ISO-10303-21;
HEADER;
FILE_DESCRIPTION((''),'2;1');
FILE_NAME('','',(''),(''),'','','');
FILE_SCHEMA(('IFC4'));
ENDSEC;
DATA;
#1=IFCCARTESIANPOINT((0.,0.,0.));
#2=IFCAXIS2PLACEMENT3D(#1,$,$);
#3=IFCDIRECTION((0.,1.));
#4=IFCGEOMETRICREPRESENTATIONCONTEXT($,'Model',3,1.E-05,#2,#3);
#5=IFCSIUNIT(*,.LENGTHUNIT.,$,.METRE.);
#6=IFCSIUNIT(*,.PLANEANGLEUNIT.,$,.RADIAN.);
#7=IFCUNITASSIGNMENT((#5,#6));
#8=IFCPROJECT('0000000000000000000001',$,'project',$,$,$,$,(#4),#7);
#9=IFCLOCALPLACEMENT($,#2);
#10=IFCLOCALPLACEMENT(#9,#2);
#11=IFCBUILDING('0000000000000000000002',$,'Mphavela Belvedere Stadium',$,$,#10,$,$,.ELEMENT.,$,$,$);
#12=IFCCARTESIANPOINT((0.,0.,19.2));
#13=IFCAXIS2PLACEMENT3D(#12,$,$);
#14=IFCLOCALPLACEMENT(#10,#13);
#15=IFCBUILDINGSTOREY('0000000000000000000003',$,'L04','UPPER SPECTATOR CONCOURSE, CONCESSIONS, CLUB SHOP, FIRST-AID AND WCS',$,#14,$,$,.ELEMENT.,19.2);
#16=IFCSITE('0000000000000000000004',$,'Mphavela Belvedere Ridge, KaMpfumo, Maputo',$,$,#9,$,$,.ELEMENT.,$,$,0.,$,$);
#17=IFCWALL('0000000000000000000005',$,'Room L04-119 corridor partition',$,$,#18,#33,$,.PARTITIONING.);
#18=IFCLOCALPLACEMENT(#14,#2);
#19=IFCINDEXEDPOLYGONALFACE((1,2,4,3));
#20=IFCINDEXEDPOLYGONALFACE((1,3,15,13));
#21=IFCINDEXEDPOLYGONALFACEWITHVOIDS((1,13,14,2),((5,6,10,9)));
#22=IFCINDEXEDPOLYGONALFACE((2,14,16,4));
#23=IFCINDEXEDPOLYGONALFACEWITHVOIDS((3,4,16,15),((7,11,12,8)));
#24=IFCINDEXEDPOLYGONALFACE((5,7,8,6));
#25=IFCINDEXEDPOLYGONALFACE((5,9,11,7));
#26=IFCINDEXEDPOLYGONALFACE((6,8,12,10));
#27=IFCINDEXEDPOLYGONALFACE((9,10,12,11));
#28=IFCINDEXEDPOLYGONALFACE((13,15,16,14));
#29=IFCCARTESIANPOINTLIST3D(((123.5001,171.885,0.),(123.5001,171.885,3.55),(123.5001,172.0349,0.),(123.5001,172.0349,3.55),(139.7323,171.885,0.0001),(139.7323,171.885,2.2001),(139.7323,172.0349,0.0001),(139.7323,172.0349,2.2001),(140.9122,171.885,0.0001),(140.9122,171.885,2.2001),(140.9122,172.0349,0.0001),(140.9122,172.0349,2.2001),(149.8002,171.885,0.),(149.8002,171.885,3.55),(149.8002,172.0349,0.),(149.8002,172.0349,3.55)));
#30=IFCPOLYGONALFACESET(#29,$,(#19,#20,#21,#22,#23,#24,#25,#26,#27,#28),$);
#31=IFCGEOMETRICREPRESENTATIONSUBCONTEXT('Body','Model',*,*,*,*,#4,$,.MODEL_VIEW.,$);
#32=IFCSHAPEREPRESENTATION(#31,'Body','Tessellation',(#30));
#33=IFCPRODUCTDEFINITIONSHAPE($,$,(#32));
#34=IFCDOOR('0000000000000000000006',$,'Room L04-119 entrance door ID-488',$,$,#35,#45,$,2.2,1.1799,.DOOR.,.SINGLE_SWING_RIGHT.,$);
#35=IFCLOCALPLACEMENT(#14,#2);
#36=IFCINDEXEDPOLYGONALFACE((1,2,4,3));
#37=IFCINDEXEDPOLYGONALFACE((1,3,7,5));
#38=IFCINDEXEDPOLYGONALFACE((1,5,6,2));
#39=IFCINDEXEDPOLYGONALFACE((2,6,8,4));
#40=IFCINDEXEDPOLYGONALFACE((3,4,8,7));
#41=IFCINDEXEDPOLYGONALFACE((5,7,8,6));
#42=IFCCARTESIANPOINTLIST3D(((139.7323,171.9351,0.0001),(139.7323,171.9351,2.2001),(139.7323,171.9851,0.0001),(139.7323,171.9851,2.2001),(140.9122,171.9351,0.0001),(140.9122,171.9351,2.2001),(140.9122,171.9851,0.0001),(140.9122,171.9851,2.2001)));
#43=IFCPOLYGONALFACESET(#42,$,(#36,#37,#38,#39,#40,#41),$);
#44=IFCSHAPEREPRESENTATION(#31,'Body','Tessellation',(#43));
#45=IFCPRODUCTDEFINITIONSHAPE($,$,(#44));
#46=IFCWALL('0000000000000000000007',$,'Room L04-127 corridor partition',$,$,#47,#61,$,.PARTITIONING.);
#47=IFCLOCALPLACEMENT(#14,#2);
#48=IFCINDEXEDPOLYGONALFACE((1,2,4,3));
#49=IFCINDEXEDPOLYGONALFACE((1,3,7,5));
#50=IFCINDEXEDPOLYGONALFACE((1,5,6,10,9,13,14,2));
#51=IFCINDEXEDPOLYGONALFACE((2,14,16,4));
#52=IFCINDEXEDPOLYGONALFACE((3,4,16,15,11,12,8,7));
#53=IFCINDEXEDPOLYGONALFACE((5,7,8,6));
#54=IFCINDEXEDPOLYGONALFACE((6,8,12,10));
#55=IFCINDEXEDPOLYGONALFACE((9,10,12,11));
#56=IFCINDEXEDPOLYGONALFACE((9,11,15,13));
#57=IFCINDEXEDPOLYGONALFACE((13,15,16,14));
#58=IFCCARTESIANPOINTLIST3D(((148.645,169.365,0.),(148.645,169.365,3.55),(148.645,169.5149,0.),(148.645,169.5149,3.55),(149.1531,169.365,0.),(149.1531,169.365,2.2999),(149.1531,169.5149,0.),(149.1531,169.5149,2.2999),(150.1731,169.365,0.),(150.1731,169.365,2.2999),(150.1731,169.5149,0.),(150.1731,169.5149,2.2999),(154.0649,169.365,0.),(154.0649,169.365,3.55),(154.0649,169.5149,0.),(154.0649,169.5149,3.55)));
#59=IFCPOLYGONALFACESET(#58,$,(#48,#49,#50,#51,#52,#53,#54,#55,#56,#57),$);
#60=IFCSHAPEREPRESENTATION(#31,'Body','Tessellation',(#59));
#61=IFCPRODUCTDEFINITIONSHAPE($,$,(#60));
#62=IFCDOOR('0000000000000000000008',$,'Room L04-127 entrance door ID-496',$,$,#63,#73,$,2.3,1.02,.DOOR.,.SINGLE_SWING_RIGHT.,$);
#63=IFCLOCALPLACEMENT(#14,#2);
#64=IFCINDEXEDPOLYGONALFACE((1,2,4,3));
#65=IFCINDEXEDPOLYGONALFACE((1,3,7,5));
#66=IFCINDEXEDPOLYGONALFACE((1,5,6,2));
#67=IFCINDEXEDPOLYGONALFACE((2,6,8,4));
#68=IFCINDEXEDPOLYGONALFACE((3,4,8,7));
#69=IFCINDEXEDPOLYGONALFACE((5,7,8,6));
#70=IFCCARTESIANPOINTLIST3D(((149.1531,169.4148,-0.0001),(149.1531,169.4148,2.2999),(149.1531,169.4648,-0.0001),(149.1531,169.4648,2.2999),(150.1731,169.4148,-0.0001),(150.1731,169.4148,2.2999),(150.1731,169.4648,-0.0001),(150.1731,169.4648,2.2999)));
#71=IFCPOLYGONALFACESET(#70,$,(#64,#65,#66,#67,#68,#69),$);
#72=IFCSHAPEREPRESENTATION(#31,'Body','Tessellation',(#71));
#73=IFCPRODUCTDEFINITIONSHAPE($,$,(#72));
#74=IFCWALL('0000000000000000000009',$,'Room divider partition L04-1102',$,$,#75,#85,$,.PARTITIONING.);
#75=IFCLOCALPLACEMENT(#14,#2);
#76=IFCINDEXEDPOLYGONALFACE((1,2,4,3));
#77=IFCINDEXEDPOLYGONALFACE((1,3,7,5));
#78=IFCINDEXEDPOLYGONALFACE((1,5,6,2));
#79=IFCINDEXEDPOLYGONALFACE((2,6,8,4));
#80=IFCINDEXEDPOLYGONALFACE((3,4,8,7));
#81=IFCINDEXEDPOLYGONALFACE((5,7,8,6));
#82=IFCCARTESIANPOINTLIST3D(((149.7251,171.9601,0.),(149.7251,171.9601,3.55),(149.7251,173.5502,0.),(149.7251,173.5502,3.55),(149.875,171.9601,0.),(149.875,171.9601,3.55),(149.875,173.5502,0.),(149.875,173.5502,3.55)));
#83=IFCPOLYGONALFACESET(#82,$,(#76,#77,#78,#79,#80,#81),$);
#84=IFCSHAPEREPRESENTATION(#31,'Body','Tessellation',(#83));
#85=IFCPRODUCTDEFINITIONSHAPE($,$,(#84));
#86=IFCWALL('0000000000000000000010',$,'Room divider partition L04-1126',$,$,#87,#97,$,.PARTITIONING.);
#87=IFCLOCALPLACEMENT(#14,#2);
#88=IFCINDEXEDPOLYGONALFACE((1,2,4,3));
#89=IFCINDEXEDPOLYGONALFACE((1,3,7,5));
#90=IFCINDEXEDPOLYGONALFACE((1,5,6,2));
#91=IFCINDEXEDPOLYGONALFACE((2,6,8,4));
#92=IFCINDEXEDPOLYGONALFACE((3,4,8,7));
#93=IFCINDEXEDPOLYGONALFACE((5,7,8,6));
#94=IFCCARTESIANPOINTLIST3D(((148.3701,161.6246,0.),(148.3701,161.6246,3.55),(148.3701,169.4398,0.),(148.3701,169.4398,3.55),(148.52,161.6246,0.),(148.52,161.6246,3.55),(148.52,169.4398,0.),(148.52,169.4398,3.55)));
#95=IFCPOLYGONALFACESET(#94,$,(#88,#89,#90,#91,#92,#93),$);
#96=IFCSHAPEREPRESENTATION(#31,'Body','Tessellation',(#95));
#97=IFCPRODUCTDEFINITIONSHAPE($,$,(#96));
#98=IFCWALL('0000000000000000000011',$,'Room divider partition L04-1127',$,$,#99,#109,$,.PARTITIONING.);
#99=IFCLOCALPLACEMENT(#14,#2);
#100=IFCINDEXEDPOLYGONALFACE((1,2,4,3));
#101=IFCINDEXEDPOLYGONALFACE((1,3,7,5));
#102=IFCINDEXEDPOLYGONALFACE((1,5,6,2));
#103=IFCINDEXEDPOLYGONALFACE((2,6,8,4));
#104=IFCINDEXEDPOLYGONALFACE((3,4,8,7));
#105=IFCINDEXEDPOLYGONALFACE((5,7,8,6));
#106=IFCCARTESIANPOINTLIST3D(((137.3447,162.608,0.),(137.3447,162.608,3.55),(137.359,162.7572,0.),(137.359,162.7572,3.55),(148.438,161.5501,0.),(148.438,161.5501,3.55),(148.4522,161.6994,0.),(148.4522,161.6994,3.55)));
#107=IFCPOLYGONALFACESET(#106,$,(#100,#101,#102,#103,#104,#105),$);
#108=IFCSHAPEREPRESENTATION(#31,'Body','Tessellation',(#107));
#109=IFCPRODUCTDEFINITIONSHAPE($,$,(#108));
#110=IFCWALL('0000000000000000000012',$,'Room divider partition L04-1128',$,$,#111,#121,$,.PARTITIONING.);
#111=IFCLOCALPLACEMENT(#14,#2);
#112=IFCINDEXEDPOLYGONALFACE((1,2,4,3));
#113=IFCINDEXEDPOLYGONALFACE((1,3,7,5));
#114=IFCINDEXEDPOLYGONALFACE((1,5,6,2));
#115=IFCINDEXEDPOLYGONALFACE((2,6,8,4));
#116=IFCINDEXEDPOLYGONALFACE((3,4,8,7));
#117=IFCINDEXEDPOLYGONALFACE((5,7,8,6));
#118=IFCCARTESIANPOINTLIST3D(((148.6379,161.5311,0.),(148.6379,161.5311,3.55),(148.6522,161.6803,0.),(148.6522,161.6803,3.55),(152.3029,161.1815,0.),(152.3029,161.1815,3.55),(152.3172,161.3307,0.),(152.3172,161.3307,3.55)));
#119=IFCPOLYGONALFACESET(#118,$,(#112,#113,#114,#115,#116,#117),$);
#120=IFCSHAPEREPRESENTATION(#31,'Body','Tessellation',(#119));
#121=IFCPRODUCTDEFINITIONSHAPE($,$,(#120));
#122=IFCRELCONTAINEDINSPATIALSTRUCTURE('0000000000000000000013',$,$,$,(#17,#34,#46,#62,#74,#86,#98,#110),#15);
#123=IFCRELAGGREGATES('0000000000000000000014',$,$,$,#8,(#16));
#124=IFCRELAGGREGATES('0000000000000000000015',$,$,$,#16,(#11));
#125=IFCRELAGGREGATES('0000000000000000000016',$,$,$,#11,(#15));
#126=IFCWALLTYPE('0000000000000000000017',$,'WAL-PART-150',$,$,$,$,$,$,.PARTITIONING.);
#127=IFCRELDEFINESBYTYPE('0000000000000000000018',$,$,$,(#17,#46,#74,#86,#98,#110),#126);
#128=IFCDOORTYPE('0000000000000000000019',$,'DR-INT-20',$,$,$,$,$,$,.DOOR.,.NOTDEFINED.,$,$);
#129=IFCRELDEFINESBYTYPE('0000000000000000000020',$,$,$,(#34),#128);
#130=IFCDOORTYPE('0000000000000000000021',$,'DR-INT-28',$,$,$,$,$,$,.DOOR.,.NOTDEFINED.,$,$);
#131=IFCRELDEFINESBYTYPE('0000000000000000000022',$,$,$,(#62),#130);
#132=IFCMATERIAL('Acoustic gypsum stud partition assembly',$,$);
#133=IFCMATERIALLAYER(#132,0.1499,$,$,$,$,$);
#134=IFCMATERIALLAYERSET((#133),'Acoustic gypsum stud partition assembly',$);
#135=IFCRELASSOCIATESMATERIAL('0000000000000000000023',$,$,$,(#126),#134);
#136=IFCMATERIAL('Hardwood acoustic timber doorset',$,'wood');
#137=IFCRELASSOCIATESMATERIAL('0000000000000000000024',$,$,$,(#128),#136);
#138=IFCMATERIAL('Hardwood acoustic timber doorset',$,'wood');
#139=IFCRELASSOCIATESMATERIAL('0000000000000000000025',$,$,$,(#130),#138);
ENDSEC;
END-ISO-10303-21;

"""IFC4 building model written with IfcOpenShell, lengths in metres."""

from ifc_helpers import new_model, si_unit, direction, frame, frame_2d, origin, place, context, subcontext, project, spatial, rectangle, extrude, material, layer, layer_set, type_object, element, fill, save


model = new_model("IFC4")

# Units and contexts
model_context = context("Model", 3, precision=1e-05, world=origin(), true_north=direction((0.0, 1.0)))
body_context = subcontext(model_context, "Body", "Model", "MODEL_VIEW")
ifc_project = project(units=[si_unit("LENGTHUNIT", "METRE"), si_unit("PLANEANGLEUNIT", "RADIAN")], contexts=[model_context])

# Site, building, storey
site_placement = place(None, origin())
site = spatial("IfcSite", under=ifc_project, at=site_placement, Name="Mphavela Belvedere Ridge, KaMpfumo, Maputo", CompositionType="ELEMENT", RefElevation=0.0)
building_placement = place(site_placement, origin())
building = spatial("IfcBuilding", under=site, at=building_placement, Name="Mphavela Belvedere Stadium", CompositionType="ELEMENT")
storey_placement = place(building_placement, frame((0.0, 0.0, 19.2)))
storey = spatial("IfcBuildingStorey", under=building, at=storey_placement, Name="L04", Description="UPPER SPECTATOR CONCOURSE, CONCESSIONS, CLUB SHOP, FIRST-AID AND WCS", CompositionType="ELEMENT", Elevation=19.2)

# Walls, openings, doors
ifc_material_1 = material(Name="Acoustic gypsum stud partition assembly")
ifc_layer_1 = layer(ifc_material_1, 0.1499)
ifc_layer_set_1 = layer_set([ifc_layer_1], Name="Acoustic gypsum stud partition assembly")
wall_type = type_object("IfcWallType", Name="WAL-PART-150", PredefinedType="PARTITIONING", material=ifc_layer_set_1)
wall_1_placement = place(storey_placement, frame((149.8, 171.96, 0.0), z_axis=(0.0, 0.0, 1.0), x_axis=(-1.0, 0.0, 0.0)))
wall_1 = element("IfcWall", 1, at=wall_1_placement, inside=storey, type_object=wall_type, Name="Room L04-119 corridor partition", PredefinedType="PARTITIONING", context=body_context, shape_type="SweptSolid", body=[
    extrude(rectangle(XDim=26.3, YDim=0.1499, at=frame_2d((13.1499, 0.0))), origin(), (0.0, 0.0, 1.0), 3.55),
])
opening_1_placement = place(wall_1_placement, frame((8.8879, 0.0, 0.0)))
opening_1 = element("IfcOpeningElement", 2, at=opening_1_placement, cuts=wall_1, PredefinedType="OPENING", context=body_context, shape_type="SweptSolid", body=[
    extrude(rectangle(XDim=1.1799, YDim=2.2, at=frame_2d((0.5898, 1.1001))), frame((0.0, 0.085, 0.0), z_axis=(0.0, -1.0, 0.0), x_axis=(1.0, 0.0, 0.0)), (0.0, 0.0, 1.0), 0.1699),
])
ifc_material_2 = material(Name="Hardwood acoustic timber doorset", Category="wood")
door_type_1 = type_object("IfcDoorType", Name="DR-INT-20", OperationType="NOTDEFINED", PredefinedType="DOOR", material=ifc_material_2)
door_1_placement = place(opening_1_placement, origin())
door_1 = element("IfcDoor", 3, at=door_1_placement, inside=storey, type_object=door_type_1, Name="Room L04-119 entrance door ID-488", OperationType="SINGLE_SWING_RIGHT", OverallHeight=2.2, OverallWidth=1.1799, PredefinedType="DOOR", context=body_context, shape_type="SweptSolid", body=[
    extrude(rectangle(XDim=1.1799, YDim=2.2, at=frame_2d((0.5898, 1.1001))), frame((0.0, 0.0249, 0.0), z_axis=(0.0, -1.0, 0.0), x_axis=(1.0, 0.0, 0.0)), (0.0, 0.0, 1.0), 0.05),
])
fill(opening_1, door_1)
wall_2_placement = place(storey_placement, frame((148.645, 169.4399, 0.0), z_axis=(0.0, 0.0, 1.0), x_axis=(1.0, 0.0, 0.0)))
wall_2 = element("IfcWall", 4, at=wall_2_placement, inside=storey, type_object=wall_type, Name="Room L04-127 corridor partition", PredefinedType="PARTITIONING", context=body_context, shape_type="SweptSolid", body=[
    extrude(rectangle(XDim=5.4199, YDim=0.1499, at=frame_2d((2.71, 0.0))), origin(), (0.0, 0.0, 1.0), 3.55),
])
opening_2_placement = place(wall_2_placement, frame((0.5081, 0.0, 0.0)))
opening_2 = element("IfcOpeningElement", 5, at=opening_2_placement, cuts=wall_2, PredefinedType="OPENING", context=body_context, shape_type="SweptSolid", body=[
    extrude(rectangle(XDim=1.02, YDim=2.3, at=frame_2d((0.51, 1.1499))), frame((0.0, 0.085, 0.0), z_axis=(0.0, -1.0, 0.0), x_axis=(1.0, 0.0, 0.0)), (0.0, 0.0, 1.0), 0.1699),
])
ifc_material_3 = material(Name="Hardwood acoustic timber doorset", Category="wood")
door_type_2 = type_object("IfcDoorType", Name="DR-INT-28", OperationType="NOTDEFINED", PredefinedType="DOOR", material=ifc_material_3)
door_2_placement = place(opening_2_placement, origin())
door_2 = element("IfcDoor", 6, at=door_2_placement, inside=storey, type_object=door_type_2, Name="Room L04-127 entrance door ID-496", OperationType="SINGLE_SWING_RIGHT", OverallHeight=2.3, OverallWidth=1.02, PredefinedType="DOOR", context=body_context, shape_type="SweptSolid", body=[
    extrude(rectangle(XDim=1.02, YDim=2.3, at=frame_2d((0.51, 1.1499))), frame((0.0, 0.0249, 0.0), z_axis=(0.0, -1.0, 0.0), x_axis=(1.0, 0.0, 0.0)), (0.0, 0.0, 1.0), 0.05),
])
fill(opening_2, door_2)

# Walls
wall_3_placement = place(storey_placement, frame((149.8, 173.55, 0.0), z_axis=(0.0, 0.0, 1.0), x_axis=(0.0, -1.0, 0.0)))
element("IfcWall", 7, at=wall_3_placement, inside=storey, type_object=wall_type, Name="Room divider partition L04-1102", PredefinedType="PARTITIONING", context=body_context, shape_type="SweptSolid", body=[
    extrude(rectangle(XDim=1.5901, YDim=0.1499, at=frame_2d((0.7949, 0.0))), origin(), (0.0, 0.0, 1.0), 3.55),
])
wall_4_placement = place(storey_placement, frame((148.4451, 169.4399, 0.0), z_axis=(0.0, 0.0, 1.0), x_axis=(0.0, -1.0, 0.0)))
element("IfcWall", 8, at=wall_4_placement, inside=storey, type_object=wall_type, Name="Room divider partition L04-1126", PredefinedType="PARTITIONING", context=body_context, shape_type="SweptSolid", body=[
    extrude(rectangle(XDim=7.8152, YDim=0.1499, at=frame_2d((3.9077, 0.0))), origin(), (0.0, 0.0, 1.0), 3.55),
])
wall_5_placement = place(storey_placement, frame((148.4451, 161.6248, 0.0), z_axis=(0.0, 0.0, 1.0), x_axis=(-0.995484, 0.09493, 0.0)))
element("IfcWall", 9, at=wall_5_placement, inside=storey, type_object=wall_type, Name="Room divider partition L04-1127", PredefinedType="PARTITIONING", context=body_context, shape_type="SweptSolid", body=[
    extrude(rectangle(XDim=11.1436, YDim=0.1499, at=frame_2d((5.5718, 0.0))), origin(), (0.0, 0.0, 1.0), 3.55),
])
wall_6_placement = place(storey_placement, frame((152.3101, 161.2561, 0.0), z_axis=(0.0, 0.0, 1.0), x_axis=(-0.995481, 0.094959, 0.0)))
element("IfcWall", 10, at=wall_6_placement, inside=storey, type_object=wall_type, Name="Room divider partition L04-1128", PredefinedType="PARTITIONING", context=body_context, shape_type="SweptSolid", body=[
    extrude(rectangle(XDim=3.6816, YDim=0.1499, at=frame_2d((1.8408, 0.0))), origin(), (0.0, 0.0, 1.0), 3.55),
])

save(model, "model.ifc")
